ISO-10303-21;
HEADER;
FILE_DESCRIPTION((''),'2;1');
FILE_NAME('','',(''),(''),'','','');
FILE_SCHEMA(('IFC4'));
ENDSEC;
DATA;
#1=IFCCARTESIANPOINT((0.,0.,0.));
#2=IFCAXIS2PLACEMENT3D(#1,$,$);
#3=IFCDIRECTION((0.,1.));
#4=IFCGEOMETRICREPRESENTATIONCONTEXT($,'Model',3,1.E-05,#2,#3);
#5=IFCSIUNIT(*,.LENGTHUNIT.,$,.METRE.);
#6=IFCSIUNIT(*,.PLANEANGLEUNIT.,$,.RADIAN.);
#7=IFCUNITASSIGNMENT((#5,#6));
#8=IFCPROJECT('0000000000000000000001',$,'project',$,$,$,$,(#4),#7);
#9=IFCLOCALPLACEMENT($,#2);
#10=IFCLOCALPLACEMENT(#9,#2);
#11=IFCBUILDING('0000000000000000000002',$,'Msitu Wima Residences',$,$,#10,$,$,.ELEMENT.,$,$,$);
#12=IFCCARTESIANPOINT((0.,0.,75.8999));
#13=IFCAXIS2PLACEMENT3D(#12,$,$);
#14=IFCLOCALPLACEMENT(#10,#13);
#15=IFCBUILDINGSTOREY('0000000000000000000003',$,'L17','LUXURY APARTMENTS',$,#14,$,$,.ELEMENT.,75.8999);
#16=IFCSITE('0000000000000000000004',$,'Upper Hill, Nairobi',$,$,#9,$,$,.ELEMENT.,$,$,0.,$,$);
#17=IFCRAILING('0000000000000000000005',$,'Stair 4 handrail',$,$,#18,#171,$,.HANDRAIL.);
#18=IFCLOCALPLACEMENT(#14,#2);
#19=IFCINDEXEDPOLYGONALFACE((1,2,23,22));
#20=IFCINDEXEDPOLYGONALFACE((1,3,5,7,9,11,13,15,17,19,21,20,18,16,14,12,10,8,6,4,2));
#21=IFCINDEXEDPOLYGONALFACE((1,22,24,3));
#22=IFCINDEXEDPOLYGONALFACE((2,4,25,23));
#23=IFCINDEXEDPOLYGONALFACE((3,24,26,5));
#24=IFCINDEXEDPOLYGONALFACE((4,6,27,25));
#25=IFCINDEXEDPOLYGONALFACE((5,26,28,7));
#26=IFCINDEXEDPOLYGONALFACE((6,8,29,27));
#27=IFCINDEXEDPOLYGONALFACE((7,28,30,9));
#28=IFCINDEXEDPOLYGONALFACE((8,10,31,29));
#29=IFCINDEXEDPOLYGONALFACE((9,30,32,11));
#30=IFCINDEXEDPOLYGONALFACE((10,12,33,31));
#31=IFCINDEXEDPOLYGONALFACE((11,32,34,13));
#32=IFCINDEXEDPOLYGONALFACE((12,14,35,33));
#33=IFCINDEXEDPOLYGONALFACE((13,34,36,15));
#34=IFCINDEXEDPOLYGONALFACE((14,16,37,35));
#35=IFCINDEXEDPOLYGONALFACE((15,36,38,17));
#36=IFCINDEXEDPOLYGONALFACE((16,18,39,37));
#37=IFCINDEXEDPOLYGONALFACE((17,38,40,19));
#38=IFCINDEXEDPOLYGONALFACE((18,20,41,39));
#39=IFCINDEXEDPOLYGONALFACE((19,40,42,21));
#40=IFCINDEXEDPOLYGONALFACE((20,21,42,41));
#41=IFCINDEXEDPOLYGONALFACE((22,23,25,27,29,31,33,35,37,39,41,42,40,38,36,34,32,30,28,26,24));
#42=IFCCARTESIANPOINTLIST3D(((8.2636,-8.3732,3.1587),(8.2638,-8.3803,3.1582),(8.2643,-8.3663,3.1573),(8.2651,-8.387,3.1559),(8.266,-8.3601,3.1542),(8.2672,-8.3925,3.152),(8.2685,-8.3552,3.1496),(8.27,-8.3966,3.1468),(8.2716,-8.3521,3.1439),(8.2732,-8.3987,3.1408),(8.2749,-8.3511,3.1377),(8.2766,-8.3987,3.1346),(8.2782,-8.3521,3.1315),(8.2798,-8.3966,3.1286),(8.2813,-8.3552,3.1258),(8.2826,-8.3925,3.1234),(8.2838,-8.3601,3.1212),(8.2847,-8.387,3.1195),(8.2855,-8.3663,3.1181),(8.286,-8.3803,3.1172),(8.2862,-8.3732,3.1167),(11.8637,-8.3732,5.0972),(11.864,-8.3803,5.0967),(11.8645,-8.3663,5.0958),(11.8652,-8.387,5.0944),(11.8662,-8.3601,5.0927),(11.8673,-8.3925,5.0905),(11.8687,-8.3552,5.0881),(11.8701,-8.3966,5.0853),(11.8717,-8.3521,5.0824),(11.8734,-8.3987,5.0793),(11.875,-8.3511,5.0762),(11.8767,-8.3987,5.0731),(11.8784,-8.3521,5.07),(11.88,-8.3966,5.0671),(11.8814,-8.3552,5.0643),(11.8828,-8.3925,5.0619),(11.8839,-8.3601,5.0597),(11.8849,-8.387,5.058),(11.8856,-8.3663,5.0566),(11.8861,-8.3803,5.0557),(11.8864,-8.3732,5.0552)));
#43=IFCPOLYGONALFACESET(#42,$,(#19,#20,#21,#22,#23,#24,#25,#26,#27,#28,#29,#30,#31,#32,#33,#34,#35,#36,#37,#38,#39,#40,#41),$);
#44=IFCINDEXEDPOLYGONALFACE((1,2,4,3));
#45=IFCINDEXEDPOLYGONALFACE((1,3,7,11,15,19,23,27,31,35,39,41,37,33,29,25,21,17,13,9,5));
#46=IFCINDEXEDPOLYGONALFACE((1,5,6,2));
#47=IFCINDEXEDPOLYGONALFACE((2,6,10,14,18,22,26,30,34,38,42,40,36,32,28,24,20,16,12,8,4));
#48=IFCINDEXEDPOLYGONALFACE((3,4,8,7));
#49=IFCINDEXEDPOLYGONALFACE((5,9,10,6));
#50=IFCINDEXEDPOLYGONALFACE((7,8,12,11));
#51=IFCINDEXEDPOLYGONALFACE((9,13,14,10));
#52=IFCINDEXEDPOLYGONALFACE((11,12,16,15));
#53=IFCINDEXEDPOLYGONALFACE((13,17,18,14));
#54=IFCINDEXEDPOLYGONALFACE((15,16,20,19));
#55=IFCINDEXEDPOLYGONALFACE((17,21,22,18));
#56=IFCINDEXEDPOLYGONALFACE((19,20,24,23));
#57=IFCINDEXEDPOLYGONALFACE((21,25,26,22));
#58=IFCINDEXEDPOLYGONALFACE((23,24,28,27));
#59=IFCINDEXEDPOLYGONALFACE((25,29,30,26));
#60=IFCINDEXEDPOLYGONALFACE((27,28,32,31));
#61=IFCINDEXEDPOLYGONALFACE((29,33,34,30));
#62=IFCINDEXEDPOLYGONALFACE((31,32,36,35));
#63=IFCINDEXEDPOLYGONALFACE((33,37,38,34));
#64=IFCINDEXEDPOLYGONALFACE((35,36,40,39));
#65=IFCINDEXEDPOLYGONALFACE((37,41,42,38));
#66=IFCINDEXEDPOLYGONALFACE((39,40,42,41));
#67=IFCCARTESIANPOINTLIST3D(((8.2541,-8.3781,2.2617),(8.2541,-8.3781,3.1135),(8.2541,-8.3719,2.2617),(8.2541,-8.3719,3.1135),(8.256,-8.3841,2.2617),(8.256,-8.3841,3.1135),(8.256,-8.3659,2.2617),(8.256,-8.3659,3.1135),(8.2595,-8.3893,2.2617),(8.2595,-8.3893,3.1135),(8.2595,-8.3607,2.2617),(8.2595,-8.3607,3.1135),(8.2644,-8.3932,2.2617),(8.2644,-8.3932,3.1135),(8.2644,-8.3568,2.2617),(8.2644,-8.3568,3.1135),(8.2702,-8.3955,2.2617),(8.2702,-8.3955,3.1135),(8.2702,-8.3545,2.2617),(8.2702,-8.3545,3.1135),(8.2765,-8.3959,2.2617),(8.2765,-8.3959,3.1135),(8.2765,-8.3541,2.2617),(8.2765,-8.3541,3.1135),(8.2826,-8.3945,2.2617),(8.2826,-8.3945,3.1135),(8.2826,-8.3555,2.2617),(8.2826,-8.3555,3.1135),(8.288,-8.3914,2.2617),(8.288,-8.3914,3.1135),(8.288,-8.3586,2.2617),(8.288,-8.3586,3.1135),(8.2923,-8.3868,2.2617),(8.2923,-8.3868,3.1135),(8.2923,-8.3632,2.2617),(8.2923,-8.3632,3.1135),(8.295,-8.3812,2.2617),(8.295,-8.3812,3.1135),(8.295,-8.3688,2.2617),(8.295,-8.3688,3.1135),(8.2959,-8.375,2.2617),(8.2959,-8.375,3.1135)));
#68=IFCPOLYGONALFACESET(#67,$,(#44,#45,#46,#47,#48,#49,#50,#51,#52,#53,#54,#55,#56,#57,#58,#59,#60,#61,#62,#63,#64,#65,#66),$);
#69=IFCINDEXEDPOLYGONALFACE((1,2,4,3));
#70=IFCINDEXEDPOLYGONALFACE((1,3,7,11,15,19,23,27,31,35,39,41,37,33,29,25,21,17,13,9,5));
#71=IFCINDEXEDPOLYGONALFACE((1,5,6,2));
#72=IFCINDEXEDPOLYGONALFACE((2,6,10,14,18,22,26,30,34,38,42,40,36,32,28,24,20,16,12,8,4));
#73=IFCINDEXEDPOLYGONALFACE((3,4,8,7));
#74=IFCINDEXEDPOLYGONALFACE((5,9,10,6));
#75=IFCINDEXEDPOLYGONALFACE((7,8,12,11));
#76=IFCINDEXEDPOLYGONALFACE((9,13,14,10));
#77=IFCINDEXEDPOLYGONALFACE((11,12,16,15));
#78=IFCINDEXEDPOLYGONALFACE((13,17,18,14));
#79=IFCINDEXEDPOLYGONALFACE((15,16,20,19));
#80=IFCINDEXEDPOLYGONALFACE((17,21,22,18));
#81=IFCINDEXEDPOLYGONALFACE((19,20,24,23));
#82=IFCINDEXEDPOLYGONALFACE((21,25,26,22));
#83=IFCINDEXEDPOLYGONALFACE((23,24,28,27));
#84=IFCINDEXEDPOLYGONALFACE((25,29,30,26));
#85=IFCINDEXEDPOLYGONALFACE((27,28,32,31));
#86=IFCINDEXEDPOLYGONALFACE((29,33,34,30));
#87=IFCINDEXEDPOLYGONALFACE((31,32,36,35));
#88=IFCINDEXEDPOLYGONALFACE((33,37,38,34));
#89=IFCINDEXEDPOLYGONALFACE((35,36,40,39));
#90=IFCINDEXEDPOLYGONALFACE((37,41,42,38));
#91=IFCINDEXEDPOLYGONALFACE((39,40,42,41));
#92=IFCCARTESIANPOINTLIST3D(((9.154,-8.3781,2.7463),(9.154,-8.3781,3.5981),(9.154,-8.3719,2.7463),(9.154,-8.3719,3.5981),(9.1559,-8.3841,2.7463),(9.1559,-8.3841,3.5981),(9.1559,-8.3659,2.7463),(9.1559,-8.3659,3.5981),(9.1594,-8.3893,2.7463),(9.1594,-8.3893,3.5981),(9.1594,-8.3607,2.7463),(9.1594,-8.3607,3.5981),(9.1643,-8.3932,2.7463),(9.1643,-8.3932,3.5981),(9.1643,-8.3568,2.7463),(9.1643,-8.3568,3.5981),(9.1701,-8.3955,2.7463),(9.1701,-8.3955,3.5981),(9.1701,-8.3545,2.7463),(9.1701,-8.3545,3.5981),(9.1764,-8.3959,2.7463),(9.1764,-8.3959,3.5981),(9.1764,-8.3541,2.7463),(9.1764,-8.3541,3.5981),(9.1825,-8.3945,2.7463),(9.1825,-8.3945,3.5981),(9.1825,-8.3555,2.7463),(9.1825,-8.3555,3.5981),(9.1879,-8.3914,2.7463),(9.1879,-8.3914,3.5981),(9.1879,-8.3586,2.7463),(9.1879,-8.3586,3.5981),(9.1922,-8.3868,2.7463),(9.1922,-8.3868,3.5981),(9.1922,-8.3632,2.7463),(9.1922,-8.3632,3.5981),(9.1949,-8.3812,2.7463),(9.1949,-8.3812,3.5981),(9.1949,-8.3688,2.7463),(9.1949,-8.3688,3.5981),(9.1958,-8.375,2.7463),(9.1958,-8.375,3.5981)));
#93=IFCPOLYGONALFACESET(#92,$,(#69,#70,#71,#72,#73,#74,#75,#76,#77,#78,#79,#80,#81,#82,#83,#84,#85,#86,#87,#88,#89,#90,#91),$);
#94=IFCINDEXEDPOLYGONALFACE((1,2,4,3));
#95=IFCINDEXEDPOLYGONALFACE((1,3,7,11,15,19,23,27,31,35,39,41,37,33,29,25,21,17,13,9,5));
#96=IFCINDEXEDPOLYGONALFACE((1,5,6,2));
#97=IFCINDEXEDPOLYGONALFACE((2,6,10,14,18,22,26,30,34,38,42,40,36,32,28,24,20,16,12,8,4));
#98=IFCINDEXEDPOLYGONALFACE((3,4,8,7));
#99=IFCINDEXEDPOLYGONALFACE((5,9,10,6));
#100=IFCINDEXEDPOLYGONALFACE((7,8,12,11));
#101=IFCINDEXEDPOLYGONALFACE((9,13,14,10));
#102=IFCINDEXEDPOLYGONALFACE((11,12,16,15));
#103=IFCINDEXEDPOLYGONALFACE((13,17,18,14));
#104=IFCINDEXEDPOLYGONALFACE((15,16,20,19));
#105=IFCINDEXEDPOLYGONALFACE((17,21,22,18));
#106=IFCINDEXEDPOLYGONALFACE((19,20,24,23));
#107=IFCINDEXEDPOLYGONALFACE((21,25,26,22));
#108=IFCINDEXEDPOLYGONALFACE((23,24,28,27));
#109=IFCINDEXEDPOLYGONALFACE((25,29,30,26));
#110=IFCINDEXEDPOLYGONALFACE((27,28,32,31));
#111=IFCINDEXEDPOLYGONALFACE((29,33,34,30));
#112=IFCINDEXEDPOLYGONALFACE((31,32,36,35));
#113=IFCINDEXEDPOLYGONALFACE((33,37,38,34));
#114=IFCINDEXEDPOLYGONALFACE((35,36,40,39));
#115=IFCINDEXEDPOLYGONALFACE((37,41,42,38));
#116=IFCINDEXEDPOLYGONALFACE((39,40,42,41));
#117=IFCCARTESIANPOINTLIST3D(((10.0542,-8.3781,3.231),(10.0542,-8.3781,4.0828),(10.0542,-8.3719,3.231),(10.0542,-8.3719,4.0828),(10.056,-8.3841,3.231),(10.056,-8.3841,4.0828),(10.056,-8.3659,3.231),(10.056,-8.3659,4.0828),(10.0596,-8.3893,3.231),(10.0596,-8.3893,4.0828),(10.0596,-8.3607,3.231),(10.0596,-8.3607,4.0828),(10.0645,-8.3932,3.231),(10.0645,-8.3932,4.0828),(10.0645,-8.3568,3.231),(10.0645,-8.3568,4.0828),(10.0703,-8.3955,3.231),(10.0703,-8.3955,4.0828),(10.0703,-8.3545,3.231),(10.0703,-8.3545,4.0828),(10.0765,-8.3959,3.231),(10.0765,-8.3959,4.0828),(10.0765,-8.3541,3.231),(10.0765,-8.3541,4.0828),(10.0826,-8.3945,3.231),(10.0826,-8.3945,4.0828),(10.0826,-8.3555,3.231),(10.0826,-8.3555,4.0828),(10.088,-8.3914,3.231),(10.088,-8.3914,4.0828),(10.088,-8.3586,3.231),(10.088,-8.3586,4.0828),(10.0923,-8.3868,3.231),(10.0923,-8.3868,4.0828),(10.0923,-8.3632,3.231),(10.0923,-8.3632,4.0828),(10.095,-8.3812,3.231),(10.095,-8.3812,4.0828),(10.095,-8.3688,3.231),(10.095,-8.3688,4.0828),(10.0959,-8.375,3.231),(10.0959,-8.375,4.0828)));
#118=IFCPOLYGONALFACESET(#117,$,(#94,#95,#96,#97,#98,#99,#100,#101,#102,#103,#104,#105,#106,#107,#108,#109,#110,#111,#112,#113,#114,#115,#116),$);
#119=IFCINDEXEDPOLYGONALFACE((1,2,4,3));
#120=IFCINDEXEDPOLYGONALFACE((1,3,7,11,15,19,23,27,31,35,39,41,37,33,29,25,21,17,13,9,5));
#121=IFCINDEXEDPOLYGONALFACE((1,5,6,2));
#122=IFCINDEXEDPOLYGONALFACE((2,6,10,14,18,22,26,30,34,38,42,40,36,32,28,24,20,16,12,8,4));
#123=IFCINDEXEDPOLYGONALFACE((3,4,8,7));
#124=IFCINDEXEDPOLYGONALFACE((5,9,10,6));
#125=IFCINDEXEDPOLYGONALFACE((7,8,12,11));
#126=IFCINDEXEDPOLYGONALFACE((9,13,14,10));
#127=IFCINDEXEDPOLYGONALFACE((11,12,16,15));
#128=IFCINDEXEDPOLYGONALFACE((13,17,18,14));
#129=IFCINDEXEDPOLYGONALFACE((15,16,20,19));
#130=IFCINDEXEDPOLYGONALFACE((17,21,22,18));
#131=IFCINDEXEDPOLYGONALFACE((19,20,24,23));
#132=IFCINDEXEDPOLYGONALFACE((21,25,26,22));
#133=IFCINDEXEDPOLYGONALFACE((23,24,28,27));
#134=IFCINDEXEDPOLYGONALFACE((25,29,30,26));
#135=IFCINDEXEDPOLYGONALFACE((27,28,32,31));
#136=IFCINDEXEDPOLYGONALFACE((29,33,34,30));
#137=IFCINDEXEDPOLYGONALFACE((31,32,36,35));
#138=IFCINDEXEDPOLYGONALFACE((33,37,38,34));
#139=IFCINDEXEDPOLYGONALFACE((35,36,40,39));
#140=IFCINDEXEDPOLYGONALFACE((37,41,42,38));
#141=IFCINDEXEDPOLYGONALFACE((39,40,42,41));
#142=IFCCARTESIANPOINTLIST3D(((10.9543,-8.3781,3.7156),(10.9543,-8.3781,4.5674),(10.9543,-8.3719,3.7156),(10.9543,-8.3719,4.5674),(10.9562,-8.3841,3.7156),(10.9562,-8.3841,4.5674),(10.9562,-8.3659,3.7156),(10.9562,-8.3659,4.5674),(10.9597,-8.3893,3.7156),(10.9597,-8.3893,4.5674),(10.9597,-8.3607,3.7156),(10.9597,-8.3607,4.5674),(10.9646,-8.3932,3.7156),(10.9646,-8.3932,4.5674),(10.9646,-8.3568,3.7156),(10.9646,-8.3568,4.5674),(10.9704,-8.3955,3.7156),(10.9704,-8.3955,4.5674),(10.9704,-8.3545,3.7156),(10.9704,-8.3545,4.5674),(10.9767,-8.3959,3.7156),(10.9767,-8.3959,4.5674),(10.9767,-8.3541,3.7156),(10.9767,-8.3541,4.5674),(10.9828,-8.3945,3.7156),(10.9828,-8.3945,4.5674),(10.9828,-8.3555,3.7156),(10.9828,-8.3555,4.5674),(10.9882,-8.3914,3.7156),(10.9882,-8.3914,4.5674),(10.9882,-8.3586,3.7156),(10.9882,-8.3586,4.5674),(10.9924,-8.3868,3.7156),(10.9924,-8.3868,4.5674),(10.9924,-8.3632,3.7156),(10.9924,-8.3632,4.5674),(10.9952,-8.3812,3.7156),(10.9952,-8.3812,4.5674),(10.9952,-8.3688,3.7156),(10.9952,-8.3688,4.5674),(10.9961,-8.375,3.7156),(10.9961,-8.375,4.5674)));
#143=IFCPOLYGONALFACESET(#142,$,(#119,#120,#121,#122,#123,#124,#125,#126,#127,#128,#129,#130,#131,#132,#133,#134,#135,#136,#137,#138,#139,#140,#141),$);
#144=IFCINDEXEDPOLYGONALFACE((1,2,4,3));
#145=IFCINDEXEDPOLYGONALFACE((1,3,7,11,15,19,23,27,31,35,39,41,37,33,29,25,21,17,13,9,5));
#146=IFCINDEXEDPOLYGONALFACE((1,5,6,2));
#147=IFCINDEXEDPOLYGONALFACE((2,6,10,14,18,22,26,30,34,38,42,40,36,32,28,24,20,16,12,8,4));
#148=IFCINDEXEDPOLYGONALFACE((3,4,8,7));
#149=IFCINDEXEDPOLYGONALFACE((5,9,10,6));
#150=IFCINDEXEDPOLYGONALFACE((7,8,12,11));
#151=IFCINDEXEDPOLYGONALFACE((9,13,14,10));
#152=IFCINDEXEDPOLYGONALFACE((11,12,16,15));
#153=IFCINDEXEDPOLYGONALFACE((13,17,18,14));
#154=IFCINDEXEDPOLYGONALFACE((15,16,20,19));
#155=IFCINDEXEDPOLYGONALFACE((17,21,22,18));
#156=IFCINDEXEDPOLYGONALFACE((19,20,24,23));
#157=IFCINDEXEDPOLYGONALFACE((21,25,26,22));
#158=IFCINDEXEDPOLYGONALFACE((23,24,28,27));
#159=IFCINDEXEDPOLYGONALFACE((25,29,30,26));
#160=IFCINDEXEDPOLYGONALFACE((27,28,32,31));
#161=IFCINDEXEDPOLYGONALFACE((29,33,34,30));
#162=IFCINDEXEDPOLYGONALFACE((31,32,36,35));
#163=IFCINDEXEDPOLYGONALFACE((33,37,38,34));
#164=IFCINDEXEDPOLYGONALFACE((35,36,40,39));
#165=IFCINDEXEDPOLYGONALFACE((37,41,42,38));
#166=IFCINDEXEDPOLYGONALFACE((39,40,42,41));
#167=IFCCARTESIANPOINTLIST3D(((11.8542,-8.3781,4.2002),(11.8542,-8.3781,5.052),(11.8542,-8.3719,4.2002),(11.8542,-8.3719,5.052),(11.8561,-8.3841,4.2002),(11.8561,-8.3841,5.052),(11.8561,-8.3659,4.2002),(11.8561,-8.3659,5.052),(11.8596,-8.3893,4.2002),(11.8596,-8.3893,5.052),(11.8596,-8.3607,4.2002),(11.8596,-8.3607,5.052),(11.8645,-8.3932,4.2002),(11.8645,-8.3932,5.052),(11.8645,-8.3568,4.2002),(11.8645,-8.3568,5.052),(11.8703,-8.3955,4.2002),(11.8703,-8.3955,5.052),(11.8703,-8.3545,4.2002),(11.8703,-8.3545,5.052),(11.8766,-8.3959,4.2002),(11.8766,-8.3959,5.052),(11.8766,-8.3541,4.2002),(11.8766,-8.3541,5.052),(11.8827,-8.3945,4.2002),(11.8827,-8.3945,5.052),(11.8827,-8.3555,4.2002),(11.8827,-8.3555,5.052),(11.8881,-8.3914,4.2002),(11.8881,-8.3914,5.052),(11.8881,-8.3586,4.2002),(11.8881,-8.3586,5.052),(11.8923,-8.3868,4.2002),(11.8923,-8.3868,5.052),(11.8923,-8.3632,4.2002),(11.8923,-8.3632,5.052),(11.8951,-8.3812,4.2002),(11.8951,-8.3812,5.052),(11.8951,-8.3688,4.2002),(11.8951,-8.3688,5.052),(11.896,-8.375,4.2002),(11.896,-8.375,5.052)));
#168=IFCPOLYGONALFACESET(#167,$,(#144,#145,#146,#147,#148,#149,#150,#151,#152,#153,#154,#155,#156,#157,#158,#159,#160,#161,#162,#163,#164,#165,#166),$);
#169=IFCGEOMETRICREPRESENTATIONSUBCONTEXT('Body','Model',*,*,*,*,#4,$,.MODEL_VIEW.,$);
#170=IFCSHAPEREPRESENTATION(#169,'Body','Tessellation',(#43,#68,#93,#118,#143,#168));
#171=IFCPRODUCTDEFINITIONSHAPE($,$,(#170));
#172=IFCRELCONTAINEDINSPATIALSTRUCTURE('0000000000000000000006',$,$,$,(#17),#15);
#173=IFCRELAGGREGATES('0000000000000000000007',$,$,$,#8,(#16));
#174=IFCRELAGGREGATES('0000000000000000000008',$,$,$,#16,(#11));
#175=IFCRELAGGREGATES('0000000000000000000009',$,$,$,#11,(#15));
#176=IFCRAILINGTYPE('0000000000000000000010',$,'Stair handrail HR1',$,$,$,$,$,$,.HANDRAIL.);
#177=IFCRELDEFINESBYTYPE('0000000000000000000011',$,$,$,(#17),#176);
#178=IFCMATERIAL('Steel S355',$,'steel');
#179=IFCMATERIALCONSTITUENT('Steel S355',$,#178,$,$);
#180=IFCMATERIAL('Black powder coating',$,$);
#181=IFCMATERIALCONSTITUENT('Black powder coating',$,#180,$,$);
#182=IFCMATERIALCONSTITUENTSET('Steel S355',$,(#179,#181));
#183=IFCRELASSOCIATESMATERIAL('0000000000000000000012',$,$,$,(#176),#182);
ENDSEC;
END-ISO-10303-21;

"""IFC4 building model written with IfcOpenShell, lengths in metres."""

from ifc_helpers import new_model, si_unit, direction, frame, origin, origin_2d, place, context, subcontext, project, spatial, circle, extrude, material, constituent, constituent_set, type_object, element, save


model = new_model("IFC4")

# Units and contexts
model_context = context("Model", 3, precision=1e-05, world=origin(), true_north=direction((0.0, 1.0)))
body_context = subcontext(model_context, "Body", "Model", "MODEL_VIEW")
ifc_project = project(units=[si_unit("LENGTHUNIT", "METRE"), si_unit("PLANEANGLEUNIT", "RADIAN")], contexts=[model_context])

# Site, building, storey
site_placement = place(None, origin())
site = spatial("IfcSite", under=ifc_project, at=site_placement, Name="Upper Hill, Nairobi", CompositionType="ELEMENT", RefElevation=0.0)
building_placement = place(site_placement, origin())
building = spatial("IfcBuilding", under=site, at=building_placement, Name="Msitu Wima Residences", CompositionType="ELEMENT")
storey_placement = place(building_placement, frame((0.0, 0.0, 75.8999)))
storey = spatial("IfcBuildingStorey", under=building, at=storey_placement, Name="L17", Description="LUXURY APARTMENTS", CompositionType="ELEMENT", Elevation=75.8999)

# Railing
ifc_material_1 = material(Name="Steel S355", Category="steel")
ifc_constituent_1 = constituent(ifc_material_1, Name="Steel S355")
ifc_material_2 = material(Name="Black powder coating")
ifc_constituent_2 = constituent(ifc_material_2, Name="Black powder coating")
ifc_constituent_set = constituent_set(constituents=[ifc_constituent_1, ifc_constituent_2], Name="Steel S355")
railing_type = type_object("IfcRailingType", Name="Stair handrail HR1", PredefinedType="HANDRAIL", material=ifc_constituent_set)
for number, where, name in (
    (1, (8.2749, -8.375, 2.2617), "Stair 4 handrail"),
):
    element("IfcRailing", number, at=place(storey_placement, frame(where)), inside=storey, type_object=railing_type, Name=name, PredefinedType="HANDRAIL", context=body_context, shape_type="SweptSolid", body=[
        extrude(circle(Radius=0.0239, at=origin_2d()), frame((0.0, 0.0, 0.876), z_axis=(0.880475, 0.0, 0.474093), x_axis=(0.0, 1.0, 0.0)), (0.0, 0.0, 1.0), 4.0889),
        extrude(circle(Radius=0.021, at=origin_2d()), origin(), (0.0, 0.0, 1.0), 0.8518),
        extrude(circle(Radius=0.021, at=origin_2d()), frame((0.8999, 0.0, 0.4846)), (0.0, 0.0, 1.0), 0.8518),
        extrude(circle(Radius=0.021, at=origin_2d()), frame((1.8, 0.0, 0.9692)), (0.0, 0.0, 1.0), 0.8518),
        extrude(circle(Radius=0.021, at=origin_2d()), frame((2.7002, 0.0, 1.4539)), (0.0, 0.0, 1.0), 0.8518),
        extrude(circle(Radius=0.021, at=origin_2d()), frame((3.6001, 0.0, 1.9385)), (0.0, 0.0, 1.0), 0.8518),
    ])

save(model, "model.ifc")
